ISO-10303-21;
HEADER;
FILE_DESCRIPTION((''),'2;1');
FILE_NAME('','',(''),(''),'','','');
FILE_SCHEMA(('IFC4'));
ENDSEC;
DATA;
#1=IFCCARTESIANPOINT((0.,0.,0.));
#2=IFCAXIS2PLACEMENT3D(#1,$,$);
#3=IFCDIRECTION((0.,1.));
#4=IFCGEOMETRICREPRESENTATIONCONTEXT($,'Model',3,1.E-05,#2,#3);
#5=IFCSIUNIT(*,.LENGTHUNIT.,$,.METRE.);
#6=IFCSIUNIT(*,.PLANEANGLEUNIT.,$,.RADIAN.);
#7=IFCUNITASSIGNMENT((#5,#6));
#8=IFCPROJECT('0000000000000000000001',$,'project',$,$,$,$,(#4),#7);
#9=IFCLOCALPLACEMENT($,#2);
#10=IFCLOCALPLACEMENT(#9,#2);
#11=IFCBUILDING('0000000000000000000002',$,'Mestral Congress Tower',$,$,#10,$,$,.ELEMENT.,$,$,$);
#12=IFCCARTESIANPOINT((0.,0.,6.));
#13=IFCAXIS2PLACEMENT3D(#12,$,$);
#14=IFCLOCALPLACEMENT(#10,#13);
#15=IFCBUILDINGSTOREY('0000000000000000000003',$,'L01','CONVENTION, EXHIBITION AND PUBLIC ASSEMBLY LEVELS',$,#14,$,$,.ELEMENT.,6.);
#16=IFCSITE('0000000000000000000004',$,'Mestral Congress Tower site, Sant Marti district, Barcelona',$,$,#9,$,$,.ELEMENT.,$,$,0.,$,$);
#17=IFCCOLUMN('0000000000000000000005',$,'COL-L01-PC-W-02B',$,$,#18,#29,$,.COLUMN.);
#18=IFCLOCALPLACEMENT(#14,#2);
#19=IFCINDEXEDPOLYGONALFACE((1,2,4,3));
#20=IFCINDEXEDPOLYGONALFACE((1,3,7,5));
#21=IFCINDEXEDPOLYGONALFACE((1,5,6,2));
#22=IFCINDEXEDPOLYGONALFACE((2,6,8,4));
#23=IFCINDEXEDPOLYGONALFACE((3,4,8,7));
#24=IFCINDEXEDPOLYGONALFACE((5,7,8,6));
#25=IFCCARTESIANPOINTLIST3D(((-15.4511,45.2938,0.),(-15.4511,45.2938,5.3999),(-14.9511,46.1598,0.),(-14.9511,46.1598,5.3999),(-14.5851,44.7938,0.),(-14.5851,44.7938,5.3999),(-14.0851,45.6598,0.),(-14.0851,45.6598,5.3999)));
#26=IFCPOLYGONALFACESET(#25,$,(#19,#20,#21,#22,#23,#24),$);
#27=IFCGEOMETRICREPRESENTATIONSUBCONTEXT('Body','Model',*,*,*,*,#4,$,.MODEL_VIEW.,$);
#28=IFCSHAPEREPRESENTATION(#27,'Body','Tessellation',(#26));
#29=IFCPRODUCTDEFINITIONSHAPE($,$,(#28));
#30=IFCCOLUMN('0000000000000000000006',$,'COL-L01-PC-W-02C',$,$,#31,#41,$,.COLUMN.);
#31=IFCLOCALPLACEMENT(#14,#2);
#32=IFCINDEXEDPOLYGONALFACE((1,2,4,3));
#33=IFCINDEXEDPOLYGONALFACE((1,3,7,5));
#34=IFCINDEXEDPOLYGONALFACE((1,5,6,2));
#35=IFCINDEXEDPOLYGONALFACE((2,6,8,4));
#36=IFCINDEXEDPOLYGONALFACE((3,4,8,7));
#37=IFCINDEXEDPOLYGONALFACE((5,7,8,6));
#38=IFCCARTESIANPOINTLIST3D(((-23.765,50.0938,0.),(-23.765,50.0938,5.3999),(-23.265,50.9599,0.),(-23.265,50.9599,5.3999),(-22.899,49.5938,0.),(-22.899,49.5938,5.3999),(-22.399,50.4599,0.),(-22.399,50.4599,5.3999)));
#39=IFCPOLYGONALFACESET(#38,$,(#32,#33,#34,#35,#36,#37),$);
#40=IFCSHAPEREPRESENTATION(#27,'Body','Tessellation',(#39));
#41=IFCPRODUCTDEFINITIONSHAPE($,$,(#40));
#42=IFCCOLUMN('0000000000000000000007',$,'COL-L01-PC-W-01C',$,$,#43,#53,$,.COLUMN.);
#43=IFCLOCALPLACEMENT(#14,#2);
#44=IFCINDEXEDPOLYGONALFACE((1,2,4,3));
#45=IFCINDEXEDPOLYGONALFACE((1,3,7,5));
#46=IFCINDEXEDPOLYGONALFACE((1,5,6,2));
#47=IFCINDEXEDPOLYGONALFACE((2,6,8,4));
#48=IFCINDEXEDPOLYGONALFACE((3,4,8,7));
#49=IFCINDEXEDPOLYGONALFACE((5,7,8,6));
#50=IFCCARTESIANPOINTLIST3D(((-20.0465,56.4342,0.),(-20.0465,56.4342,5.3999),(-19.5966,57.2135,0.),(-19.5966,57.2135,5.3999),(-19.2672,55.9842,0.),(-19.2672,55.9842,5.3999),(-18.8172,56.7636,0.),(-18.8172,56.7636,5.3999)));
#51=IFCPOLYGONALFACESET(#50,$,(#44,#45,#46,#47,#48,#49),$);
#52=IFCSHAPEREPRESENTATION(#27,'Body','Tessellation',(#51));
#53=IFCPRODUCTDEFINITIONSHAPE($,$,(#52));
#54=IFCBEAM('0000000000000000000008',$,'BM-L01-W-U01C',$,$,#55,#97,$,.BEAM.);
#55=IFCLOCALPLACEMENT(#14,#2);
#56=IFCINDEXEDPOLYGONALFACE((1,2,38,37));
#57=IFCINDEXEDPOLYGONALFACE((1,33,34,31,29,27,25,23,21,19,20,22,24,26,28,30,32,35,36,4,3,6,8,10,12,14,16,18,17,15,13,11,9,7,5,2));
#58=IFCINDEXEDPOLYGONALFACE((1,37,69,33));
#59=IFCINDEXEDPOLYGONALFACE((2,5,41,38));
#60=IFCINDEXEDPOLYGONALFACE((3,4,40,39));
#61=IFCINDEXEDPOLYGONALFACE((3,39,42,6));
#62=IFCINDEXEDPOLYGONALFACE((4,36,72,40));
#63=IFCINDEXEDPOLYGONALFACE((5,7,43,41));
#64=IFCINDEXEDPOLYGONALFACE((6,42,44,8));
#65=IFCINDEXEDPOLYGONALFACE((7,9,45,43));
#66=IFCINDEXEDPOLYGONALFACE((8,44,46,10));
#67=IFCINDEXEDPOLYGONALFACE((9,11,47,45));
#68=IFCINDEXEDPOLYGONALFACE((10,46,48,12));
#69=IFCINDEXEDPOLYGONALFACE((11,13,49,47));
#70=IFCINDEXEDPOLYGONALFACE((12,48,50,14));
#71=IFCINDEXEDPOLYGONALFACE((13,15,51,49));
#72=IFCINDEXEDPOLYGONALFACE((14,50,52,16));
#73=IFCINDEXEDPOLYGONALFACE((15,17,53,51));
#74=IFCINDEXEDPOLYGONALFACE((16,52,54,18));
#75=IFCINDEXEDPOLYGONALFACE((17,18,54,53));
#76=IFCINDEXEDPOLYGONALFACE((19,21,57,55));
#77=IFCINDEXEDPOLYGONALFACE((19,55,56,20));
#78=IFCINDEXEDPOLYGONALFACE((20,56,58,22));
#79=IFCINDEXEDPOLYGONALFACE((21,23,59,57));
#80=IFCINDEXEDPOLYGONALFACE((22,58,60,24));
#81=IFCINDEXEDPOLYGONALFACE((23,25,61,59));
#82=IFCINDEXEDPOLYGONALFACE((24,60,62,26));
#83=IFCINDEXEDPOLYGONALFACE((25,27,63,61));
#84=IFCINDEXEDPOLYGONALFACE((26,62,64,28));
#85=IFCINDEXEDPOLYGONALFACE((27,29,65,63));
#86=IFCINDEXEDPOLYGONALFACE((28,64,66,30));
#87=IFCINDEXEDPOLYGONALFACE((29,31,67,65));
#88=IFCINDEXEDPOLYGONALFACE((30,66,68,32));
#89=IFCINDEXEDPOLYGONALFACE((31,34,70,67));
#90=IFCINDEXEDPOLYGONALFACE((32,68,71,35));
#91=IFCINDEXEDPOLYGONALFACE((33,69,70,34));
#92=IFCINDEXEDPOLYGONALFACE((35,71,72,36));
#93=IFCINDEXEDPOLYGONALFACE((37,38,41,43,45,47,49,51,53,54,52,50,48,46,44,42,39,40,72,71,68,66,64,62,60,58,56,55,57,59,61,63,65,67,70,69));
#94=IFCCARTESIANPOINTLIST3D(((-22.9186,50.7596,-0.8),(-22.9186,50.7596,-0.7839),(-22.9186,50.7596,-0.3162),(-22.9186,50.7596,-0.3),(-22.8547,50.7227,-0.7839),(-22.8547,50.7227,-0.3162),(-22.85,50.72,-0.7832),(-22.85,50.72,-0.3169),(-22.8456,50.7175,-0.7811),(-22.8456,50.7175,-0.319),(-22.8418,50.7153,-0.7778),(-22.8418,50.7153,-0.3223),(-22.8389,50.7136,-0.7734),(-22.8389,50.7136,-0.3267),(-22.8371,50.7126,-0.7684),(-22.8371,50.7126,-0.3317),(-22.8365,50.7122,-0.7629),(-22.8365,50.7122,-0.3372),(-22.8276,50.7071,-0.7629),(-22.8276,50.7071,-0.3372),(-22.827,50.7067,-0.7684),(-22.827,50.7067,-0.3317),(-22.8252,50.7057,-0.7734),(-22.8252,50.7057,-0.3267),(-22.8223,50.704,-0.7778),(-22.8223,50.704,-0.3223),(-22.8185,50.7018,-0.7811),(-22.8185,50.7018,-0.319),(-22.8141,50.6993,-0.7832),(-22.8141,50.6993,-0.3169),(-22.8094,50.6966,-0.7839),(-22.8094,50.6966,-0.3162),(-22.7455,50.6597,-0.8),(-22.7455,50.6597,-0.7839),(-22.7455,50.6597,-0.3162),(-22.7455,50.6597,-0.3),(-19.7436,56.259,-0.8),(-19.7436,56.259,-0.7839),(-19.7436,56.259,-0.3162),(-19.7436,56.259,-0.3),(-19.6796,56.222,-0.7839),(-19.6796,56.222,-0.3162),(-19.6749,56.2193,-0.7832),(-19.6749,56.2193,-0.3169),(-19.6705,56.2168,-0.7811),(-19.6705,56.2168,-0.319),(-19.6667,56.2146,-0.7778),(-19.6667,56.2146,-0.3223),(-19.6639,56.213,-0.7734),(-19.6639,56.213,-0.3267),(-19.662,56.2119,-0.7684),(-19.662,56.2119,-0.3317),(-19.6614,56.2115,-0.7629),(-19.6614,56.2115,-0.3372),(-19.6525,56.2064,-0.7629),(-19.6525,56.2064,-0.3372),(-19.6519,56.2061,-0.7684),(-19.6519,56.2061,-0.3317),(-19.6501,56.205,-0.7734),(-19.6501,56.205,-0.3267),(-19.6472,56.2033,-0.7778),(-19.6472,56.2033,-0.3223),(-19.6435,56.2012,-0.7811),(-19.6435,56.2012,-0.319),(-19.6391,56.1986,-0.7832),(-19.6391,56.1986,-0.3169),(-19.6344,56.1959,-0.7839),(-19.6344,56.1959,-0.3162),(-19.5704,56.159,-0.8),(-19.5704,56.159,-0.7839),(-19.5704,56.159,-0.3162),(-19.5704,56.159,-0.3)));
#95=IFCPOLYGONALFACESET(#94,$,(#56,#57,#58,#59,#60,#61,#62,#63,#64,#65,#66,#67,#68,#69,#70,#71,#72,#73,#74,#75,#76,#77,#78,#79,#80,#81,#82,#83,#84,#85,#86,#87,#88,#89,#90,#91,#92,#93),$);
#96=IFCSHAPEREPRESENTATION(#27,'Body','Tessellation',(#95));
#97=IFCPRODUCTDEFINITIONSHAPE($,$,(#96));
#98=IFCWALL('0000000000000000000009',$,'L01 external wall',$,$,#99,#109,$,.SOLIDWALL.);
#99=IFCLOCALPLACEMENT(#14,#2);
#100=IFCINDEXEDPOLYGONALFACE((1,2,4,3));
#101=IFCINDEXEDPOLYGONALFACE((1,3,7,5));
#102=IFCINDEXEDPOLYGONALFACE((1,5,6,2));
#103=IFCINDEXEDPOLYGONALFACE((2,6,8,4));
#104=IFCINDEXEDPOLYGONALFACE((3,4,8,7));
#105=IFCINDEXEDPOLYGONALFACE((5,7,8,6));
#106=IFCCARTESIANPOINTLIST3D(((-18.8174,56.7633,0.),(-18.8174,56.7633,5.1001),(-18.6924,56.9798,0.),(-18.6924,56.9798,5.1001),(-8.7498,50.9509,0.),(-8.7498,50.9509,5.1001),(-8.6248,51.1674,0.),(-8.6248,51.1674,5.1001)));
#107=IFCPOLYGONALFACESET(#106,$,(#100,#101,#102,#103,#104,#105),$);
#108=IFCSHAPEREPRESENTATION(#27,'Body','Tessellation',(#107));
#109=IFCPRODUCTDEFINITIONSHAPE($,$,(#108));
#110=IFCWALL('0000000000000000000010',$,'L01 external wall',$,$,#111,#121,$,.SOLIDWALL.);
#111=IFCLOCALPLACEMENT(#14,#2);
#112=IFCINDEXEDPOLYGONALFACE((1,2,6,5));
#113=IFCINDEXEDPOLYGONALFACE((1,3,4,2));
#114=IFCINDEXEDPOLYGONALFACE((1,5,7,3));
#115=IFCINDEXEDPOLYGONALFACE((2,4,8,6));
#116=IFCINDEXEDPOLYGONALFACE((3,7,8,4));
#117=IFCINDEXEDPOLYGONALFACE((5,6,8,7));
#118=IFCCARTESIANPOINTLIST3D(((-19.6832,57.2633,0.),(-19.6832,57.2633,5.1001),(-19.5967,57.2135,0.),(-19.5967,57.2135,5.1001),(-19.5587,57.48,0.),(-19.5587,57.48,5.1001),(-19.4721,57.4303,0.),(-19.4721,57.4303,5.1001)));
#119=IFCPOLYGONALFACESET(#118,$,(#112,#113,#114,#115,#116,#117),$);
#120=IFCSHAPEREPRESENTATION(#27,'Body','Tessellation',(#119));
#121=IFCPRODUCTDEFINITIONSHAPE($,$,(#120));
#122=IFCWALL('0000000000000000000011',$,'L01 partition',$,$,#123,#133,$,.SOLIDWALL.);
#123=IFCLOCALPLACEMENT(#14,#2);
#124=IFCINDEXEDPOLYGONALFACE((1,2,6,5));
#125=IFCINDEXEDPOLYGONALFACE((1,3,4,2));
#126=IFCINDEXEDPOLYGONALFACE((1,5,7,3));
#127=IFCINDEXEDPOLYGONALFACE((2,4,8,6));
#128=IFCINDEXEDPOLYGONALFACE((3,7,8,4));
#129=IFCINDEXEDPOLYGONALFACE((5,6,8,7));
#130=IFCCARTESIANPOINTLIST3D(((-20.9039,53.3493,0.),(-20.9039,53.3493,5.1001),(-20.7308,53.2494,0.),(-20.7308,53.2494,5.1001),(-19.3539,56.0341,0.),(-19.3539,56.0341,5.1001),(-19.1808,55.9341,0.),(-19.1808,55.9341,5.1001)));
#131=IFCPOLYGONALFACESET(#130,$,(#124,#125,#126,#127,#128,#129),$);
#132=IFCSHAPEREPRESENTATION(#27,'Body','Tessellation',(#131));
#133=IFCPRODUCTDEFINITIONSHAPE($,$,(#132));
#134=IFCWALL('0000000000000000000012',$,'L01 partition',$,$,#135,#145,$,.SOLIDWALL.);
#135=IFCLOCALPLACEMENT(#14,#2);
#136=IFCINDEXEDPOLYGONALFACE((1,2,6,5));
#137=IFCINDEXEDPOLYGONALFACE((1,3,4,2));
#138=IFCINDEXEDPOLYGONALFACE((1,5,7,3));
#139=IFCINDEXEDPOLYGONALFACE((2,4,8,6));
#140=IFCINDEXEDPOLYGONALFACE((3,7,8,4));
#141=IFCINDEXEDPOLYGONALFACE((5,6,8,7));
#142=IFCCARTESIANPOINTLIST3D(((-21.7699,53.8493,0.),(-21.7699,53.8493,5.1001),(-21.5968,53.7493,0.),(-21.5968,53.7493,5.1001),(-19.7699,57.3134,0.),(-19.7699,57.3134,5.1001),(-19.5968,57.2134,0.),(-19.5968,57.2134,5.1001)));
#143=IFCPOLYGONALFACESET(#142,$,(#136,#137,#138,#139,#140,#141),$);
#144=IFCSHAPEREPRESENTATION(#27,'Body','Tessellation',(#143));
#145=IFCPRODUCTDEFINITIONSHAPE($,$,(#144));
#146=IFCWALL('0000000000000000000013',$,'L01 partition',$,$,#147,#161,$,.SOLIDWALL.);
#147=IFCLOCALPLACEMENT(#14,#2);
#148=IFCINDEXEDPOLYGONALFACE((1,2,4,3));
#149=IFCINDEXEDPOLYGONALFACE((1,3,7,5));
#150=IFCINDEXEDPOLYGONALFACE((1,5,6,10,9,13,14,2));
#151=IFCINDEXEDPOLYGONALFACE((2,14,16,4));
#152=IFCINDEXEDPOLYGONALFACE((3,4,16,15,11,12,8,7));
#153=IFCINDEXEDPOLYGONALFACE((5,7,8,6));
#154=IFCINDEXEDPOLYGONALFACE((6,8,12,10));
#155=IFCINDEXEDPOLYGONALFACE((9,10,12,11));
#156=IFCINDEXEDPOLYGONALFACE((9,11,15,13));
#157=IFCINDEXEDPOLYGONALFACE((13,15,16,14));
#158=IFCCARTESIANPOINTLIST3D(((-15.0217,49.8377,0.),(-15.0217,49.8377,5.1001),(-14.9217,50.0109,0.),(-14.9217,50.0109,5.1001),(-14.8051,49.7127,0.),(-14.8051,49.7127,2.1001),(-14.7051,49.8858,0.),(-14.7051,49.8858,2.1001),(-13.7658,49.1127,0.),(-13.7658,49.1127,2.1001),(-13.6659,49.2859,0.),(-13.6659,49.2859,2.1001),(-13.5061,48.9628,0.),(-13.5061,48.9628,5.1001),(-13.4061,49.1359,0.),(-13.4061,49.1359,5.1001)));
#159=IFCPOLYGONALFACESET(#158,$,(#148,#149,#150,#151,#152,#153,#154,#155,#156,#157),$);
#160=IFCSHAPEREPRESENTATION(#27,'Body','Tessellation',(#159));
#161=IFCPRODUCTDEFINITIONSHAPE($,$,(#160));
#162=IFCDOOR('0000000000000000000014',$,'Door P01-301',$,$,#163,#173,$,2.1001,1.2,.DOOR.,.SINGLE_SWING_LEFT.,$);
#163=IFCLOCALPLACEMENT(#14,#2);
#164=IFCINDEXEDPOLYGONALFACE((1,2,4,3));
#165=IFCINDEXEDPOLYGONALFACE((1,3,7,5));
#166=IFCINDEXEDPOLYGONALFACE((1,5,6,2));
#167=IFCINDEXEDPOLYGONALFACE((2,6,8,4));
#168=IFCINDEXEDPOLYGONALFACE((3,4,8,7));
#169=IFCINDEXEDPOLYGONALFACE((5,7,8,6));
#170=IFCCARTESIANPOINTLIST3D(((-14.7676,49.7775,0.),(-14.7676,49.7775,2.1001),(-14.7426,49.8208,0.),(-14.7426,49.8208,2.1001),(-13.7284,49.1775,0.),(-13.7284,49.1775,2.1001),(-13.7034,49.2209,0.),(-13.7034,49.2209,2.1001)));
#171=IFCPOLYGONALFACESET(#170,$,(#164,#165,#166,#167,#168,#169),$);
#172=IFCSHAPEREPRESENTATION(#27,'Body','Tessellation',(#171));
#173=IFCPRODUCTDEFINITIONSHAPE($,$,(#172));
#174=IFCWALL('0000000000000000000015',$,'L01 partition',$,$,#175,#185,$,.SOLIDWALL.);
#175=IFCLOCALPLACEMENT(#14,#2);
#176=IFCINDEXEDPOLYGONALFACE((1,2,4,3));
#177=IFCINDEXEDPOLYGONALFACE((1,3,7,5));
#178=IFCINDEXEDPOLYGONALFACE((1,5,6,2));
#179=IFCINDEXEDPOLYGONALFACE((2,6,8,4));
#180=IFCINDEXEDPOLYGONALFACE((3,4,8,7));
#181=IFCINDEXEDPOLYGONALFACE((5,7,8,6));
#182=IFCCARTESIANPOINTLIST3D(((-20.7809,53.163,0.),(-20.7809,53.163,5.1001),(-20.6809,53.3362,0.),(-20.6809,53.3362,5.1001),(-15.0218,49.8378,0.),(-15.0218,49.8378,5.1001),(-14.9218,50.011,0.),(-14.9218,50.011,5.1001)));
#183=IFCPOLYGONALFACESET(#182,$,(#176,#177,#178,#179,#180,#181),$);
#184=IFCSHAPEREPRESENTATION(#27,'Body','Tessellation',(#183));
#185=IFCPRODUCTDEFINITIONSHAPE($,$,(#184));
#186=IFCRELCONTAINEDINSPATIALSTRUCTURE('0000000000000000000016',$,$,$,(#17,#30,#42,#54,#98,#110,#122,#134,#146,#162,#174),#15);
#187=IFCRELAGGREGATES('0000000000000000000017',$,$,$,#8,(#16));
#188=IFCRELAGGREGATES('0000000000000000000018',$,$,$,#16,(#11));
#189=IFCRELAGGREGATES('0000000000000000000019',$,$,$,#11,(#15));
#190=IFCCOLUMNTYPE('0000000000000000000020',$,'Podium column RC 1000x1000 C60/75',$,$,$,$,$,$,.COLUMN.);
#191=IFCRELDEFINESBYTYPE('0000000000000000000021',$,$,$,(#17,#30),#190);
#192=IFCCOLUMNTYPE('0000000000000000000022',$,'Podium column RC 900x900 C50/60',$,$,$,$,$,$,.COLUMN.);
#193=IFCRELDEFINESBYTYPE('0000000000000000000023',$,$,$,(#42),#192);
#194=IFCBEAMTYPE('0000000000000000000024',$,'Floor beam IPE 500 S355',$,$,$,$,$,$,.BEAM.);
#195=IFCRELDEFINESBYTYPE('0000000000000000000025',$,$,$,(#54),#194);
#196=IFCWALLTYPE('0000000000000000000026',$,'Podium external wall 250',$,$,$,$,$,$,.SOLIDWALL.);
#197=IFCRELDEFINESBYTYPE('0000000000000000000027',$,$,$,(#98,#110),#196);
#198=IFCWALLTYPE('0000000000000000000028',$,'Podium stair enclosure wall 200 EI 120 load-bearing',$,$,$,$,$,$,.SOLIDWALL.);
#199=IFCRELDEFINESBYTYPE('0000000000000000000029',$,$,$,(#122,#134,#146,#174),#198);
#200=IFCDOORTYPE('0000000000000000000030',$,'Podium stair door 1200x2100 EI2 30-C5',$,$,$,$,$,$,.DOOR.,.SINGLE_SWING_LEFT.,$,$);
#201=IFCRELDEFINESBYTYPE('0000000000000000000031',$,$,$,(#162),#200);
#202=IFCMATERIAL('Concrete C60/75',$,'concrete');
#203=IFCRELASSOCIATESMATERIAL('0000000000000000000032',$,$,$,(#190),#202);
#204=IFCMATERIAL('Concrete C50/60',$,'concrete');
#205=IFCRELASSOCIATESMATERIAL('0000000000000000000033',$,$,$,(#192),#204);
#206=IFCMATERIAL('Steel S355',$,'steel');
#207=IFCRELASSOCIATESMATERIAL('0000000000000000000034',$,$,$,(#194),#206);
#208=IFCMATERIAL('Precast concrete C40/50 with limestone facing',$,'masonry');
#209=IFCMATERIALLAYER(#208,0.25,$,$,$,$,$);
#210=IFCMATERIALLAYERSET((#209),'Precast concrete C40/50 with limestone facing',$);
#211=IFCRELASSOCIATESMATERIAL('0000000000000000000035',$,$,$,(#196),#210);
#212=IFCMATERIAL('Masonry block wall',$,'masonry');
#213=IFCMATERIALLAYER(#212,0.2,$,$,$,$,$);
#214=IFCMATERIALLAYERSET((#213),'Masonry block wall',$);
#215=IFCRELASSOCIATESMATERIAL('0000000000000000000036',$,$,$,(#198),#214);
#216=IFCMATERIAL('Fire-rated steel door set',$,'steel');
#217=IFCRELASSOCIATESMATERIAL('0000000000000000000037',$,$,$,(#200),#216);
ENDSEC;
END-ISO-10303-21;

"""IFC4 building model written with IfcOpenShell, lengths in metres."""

from ifc_helpers import new_model, si_unit, direction, frame, frame_2d, origin, origin_2d, place, context, subcontext, project, spatial, rectangle, i_section, extrude, material, layer, layer_set, material_profile, profile_set, type_object, element, fill, save


model = new_model("IFC4")

# Units and contexts
model_context = context("Model", 3, precision=1e-05, world=origin(), true_north=direction((0.0, 1.0)))
body_context = subcontext(model_context, "Body", "Model", "MODEL_VIEW")
ifc_project = project(units=[si_unit("LENGTHUNIT", "METRE"), si_unit("PLANEANGLEUNIT", "RADIAN")], contexts=[model_context])

# Site, building, storey
site_placement = place(None, origin())
site = spatial("IfcSite", under=ifc_project, at=site_placement, Name="Mestral Congress Tower site, Sant Marti district, Barcelona", CompositionType="ELEMENT", RefElevation=0.0)
building_placement = place(site_placement, origin())
building = spatial("IfcBuilding", under=site, at=building_placement, Name="Mestral Congress Tower", CompositionType="ELEMENT")
storey_placement = place(building_placement, frame((0.0, 0.0, 6.0)))
storey = spatial("IfcBuildingStorey", under=building, at=storey_placement, Name="L01", Description="CONVENTION, EXHIBITION AND PUBLIC ASSEMBLY LEVELS", CompositionType="ELEMENT", Elevation=6.0)

# Columns
ifc_material_1 = material(Name="Concrete C60/75", Category="concrete")
ifc_material_profile_1 = material_profile(ifc_material_1, rectangle(XDim=1.0, YDim=1.0, at=origin_2d()), Name="RC 1000x1000")
ifc_profile_set_1 = profile_set([ifc_material_profile_1], Name="Concrete C60/75")
column_type_1 = type_object("IfcColumnType", Name="Podium column RC 1000x1000 C60/75", PredefinedType="COLUMN", material=ifc_profile_set_1)
for number, where, z_axis, x_axis, name in (
    (1, (-14.7681, 45.4768, 0.0), (0.0, 0.0, 1.0), (-0.5, -0.866025, 0.0), "COL-L01-PC-W-02B"),
    (2, (-23.082, 50.2769, 0.0), (0.0, 0.0, 1.0), (-0.5, -0.866025, 0.0), "COL-L01-PC-W-02C"),
):
    element("IfcColumn", number, at=place(storey_placement, frame(where, z_axis=z_axis, x_axis=x_axis)), inside=storey, type_object=column_type_1, Name=name, PredefinedType="COLUMN", context=body_context, shape_type="SweptSolid", body=[
        extrude(rectangle(XDim=1.0, YDim=1.0, at=origin_2d()), origin(), (0.0, 0.0, 1.0), 5.3999),
    ])
ifc_material_2 = material(Name="Concrete C50/60", Category="concrete")
ifc_material_profile_2 = material_profile(ifc_material_2, rectangle(XDim=0.8999, YDim=0.8999, at=origin_2d()), Name="RC 900x900")
ifc_profile_set_2 = profile_set([ifc_material_profile_2], Name="Concrete C50/60")
column_type_2 = type_object("IfcColumnType", Name="Podium column RC 900x900 C50/60", PredefinedType="COLUMN", material=ifc_profile_set_2)
column_placement = place(storey_placement, frame((-19.4319, 56.5989, 0.0), z_axis=(0.0, 0.0, 1.0), x_axis=(-0.5, -0.866025, 0.0)))
element("IfcColumn", 3, at=column_placement, inside=storey, type_object=column_type_2, Name="COL-L01-PC-W-01C", PredefinedType="COLUMN", context=body_context, shape_type="SweptSolid", body=[
    extrude(rectangle(XDim=0.8999, YDim=0.8999, at=origin_2d()), origin(), (0.0, 0.0, 1.0), 5.3999),
])

# Beam
ifc_material_3 = material(Name="Steel S355", Category="steel")
ifc_material_profile_3 = material_profile(ifc_material_3, i_section(OverallWidth=0.2, OverallDepth=0.5, WebThickness=0.0103, FlangeThickness=0.0161, FilletRadius=0.021, at=origin_2d()), Name="IPE 500")
ifc_profile_set_3 = profile_set([ifc_material_profile_3], Name="Steel S355")
beam_type = type_object("IfcBeamType", Name="Floor beam IPE 500 S355", PredefinedType="BEAM", material=ifc_profile_set_3)
beam_placement = place(storey_placement, frame((-19.657, 56.209, -0.55), z_axis=(-0.500005, -0.866022, 0.0), x_axis=(0.866022, -0.500005, 0.0)))
element("IfcBeam", 4, at=beam_placement, inside=storey, type_object=beam_type, Name="BM-L01-W-U01C", PredefinedType="BEAM", context=body_context, shape_type="SweptSolid", body=[
    extrude(i_section(OverallWidth=0.2, OverallDepth=0.5, WebThickness=0.0103, FlangeThickness=0.0161, FilletRadius=0.021, at=origin_2d()), origin(), (0.0, 0.0, 1.0), 6.3501),
])

# Walls
ifc_material_4 = material(Name="Precast concrete C40/50 with limestone facing", Category="masonry")
ifc_layer_1 = layer(ifc_material_4, 0.25)
ifc_layer_set_1 = layer_set([ifc_layer_1], Name="Precast concrete C40/50 with limestone facing")
wall_type_1 = type_object("IfcWallType", Name="Podium external wall 250", PredefinedType="SOLIDWALL", material=ifc_layer_set_1)
wall_1_placement = place(storey_placement, frame((-18.7549, 56.8716, 0.0), z_axis=(0.0, 0.0, 1.0), x_axis=(0.866027, -0.499997, 0.0)))
element("IfcWall", 5, at=wall_1_placement, inside=storey, type_object=wall_type_1, Name="L01 external wall", PredefinedType="SOLIDWALL", context=body_context, shape_type="SweptSolid", body=[
    extrude(rectangle(XDim=11.625, YDim=0.25, at=frame_2d((5.8125, 0.0))), origin(), (0.0, 0.0, 1.0), 5.1001),
])
wall_2_placement = place(storey_placement, frame((-19.6208, 57.3716, 0.0), z_axis=(0.0, 0.0, 1.0), x_axis=(0.867038, -0.498242, 0.0)))
element("IfcWall", 6, at=wall_2_placement, inside=storey, type_object=wall_type_1, Name="L01 external wall", PredefinedType="SOLIDWALL", context=body_context, shape_type="SweptSolid", body=[
    extrude(rectangle(XDim=0.0999, YDim=0.25, at=frame_2d((0.0498, 0.0))), origin(), (0.0, 0.0, 1.0), 5.1001),
])
ifc_material_5 = material(Name="Masonry block wall", Category="masonry")
ifc_layer_2 = layer(ifc_material_5, 0.2)
ifc_layer_set_2 = layer_set([ifc_layer_2], Name="Masonry block wall")
wall_type_2 = type_object("IfcWallType", Name="Podium stair enclosure wall 200 EI 120 load-bearing", PredefinedType="SOLIDWALL", material=ifc_layer_set_2)
wall_3_placement = place(storey_placement, frame((-19.2673, 55.9841, 0.0), z_axis=(0.0, 0.0, 1.0), x_axis=(-0.499993, -0.86603, 0.0)))
element("IfcWall", 7, at=wall_3_placement, inside=storey, type_object=wall_type_2, Name="L01 partition", PredefinedType="SOLIDWALL", context=body_context, shape_type="SweptSolid", body=[
    extrude(rectangle(XDim=3.1001, YDim=0.2, at=frame_2d((1.55, 0.0))), origin(), (0.0, 0.0, 1.0), 5.1001),
])
wall_4_placement = place(storey_placement, frame((-19.6833, 57.2634, 0.0), z_axis=(0.0, 0.0, 1.0), x_axis=(-0.499999, -0.866026, 0.0)))
element("IfcWall", 8, at=wall_4_placement, inside=storey, type_object=wall_type_2, Name="L01 partition", PredefinedType="SOLIDWALL", context=body_context, shape_type="SweptSolid", body=[
    extrude(rectangle(XDim=4.0, YDim=0.2, at=frame_2d((2.0, 0.0))), origin(), (0.0, 0.0, 1.0), 5.1001),
])

# Wall, opening, door
wall_5_placement = place(storey_placement, frame((-14.9717, 49.9243, 0.0), z_axis=(0.0, 0.0, 1.0), x_axis=(0.866037, -0.49998, 0.0)))
wall_5 = element("IfcWall", 9, at=wall_5_placement, inside=storey, type_object=wall_type_2, Name="L01 partition", PredefinedType="SOLIDWALL", context=body_context, shape_type="SweptSolid", body=[
    extrude(rectangle(XDim=1.75, YDim=0.2, at=frame_2d((0.875, 0.0))), origin(), (0.0, 0.0, 1.0), 5.1001),
])
opening_1_placement = place(wall_5_placement, frame((0.25, 0.0, 0.0)))
opening_1 = element("IfcOpeningElement", 10, at=opening_1_placement, cuts=wall_5, PredefinedType="OPENING", context=body_context, shape_type="SweptSolid", body=[
    extrude(rectangle(XDim=1.2, YDim=2.1001, at=frame_2d((0.6001, 1.05))), frame((0.0, 0.1099, 0.0), z_axis=(0.0, -1.0, 0.0), x_axis=(1.0, 0.0, 0.0)), (0.0, 0.0, 1.0), 0.22),
])
ifc_material_6 = material(Name="Fire-rated steel door set", Category="steel")
door_type_1 = type_object("IfcDoorType", Name="Podium stair door 1200x2100 EI2 30-C5", OperationType="SINGLE_SWING_LEFT", PredefinedType="DOOR", material=ifc_material_6)
door_1_placement = place(opening_1_placement, origin())
door_1 = element("IfcDoor", 11, at=door_1_placement, inside=storey, type_object=door_type_1, Name="Door P01-301", OperationType="SINGLE_SWING_LEFT", OverallHeight=2.1001, OverallWidth=1.2, PredefinedType="DOOR", context=body_context, shape_type="SweptSolid", body=[
    extrude(rectangle(XDim=1.2, YDim=2.1001, at=frame_2d((0.6001, 1.05))), frame((0.0, 0.0249, 0.0), z_axis=(0.0, -1.0, 0.0), x_axis=(1.0, 0.0, 0.0)), (0.0, 0.0, 1.0), 0.05),
])
fill(opening_1, door_1)

# Wall
wall_6_placement = place(storey_placement, frame((-14.9717, 49.9243, 0.0), z_axis=(0.0, 0.0, 1.0), x_axis=(-0.866011, 0.500024, 0.0)))
element("IfcWall", 12, at=wall_6_placement, inside=storey, type_object=wall_type_2, Name="L01 partition", PredefinedType="SOLIDWALL", context=body_context, shape_type="SweptSolid", body=[
    extrude(rectangle(XDim=6.6501, YDim=0.2, at=frame_2d((3.3252, 0.0))), origin(), (0.0, 0.0, 1.0), 5.1001),
])

save(model, "model.ifc")
